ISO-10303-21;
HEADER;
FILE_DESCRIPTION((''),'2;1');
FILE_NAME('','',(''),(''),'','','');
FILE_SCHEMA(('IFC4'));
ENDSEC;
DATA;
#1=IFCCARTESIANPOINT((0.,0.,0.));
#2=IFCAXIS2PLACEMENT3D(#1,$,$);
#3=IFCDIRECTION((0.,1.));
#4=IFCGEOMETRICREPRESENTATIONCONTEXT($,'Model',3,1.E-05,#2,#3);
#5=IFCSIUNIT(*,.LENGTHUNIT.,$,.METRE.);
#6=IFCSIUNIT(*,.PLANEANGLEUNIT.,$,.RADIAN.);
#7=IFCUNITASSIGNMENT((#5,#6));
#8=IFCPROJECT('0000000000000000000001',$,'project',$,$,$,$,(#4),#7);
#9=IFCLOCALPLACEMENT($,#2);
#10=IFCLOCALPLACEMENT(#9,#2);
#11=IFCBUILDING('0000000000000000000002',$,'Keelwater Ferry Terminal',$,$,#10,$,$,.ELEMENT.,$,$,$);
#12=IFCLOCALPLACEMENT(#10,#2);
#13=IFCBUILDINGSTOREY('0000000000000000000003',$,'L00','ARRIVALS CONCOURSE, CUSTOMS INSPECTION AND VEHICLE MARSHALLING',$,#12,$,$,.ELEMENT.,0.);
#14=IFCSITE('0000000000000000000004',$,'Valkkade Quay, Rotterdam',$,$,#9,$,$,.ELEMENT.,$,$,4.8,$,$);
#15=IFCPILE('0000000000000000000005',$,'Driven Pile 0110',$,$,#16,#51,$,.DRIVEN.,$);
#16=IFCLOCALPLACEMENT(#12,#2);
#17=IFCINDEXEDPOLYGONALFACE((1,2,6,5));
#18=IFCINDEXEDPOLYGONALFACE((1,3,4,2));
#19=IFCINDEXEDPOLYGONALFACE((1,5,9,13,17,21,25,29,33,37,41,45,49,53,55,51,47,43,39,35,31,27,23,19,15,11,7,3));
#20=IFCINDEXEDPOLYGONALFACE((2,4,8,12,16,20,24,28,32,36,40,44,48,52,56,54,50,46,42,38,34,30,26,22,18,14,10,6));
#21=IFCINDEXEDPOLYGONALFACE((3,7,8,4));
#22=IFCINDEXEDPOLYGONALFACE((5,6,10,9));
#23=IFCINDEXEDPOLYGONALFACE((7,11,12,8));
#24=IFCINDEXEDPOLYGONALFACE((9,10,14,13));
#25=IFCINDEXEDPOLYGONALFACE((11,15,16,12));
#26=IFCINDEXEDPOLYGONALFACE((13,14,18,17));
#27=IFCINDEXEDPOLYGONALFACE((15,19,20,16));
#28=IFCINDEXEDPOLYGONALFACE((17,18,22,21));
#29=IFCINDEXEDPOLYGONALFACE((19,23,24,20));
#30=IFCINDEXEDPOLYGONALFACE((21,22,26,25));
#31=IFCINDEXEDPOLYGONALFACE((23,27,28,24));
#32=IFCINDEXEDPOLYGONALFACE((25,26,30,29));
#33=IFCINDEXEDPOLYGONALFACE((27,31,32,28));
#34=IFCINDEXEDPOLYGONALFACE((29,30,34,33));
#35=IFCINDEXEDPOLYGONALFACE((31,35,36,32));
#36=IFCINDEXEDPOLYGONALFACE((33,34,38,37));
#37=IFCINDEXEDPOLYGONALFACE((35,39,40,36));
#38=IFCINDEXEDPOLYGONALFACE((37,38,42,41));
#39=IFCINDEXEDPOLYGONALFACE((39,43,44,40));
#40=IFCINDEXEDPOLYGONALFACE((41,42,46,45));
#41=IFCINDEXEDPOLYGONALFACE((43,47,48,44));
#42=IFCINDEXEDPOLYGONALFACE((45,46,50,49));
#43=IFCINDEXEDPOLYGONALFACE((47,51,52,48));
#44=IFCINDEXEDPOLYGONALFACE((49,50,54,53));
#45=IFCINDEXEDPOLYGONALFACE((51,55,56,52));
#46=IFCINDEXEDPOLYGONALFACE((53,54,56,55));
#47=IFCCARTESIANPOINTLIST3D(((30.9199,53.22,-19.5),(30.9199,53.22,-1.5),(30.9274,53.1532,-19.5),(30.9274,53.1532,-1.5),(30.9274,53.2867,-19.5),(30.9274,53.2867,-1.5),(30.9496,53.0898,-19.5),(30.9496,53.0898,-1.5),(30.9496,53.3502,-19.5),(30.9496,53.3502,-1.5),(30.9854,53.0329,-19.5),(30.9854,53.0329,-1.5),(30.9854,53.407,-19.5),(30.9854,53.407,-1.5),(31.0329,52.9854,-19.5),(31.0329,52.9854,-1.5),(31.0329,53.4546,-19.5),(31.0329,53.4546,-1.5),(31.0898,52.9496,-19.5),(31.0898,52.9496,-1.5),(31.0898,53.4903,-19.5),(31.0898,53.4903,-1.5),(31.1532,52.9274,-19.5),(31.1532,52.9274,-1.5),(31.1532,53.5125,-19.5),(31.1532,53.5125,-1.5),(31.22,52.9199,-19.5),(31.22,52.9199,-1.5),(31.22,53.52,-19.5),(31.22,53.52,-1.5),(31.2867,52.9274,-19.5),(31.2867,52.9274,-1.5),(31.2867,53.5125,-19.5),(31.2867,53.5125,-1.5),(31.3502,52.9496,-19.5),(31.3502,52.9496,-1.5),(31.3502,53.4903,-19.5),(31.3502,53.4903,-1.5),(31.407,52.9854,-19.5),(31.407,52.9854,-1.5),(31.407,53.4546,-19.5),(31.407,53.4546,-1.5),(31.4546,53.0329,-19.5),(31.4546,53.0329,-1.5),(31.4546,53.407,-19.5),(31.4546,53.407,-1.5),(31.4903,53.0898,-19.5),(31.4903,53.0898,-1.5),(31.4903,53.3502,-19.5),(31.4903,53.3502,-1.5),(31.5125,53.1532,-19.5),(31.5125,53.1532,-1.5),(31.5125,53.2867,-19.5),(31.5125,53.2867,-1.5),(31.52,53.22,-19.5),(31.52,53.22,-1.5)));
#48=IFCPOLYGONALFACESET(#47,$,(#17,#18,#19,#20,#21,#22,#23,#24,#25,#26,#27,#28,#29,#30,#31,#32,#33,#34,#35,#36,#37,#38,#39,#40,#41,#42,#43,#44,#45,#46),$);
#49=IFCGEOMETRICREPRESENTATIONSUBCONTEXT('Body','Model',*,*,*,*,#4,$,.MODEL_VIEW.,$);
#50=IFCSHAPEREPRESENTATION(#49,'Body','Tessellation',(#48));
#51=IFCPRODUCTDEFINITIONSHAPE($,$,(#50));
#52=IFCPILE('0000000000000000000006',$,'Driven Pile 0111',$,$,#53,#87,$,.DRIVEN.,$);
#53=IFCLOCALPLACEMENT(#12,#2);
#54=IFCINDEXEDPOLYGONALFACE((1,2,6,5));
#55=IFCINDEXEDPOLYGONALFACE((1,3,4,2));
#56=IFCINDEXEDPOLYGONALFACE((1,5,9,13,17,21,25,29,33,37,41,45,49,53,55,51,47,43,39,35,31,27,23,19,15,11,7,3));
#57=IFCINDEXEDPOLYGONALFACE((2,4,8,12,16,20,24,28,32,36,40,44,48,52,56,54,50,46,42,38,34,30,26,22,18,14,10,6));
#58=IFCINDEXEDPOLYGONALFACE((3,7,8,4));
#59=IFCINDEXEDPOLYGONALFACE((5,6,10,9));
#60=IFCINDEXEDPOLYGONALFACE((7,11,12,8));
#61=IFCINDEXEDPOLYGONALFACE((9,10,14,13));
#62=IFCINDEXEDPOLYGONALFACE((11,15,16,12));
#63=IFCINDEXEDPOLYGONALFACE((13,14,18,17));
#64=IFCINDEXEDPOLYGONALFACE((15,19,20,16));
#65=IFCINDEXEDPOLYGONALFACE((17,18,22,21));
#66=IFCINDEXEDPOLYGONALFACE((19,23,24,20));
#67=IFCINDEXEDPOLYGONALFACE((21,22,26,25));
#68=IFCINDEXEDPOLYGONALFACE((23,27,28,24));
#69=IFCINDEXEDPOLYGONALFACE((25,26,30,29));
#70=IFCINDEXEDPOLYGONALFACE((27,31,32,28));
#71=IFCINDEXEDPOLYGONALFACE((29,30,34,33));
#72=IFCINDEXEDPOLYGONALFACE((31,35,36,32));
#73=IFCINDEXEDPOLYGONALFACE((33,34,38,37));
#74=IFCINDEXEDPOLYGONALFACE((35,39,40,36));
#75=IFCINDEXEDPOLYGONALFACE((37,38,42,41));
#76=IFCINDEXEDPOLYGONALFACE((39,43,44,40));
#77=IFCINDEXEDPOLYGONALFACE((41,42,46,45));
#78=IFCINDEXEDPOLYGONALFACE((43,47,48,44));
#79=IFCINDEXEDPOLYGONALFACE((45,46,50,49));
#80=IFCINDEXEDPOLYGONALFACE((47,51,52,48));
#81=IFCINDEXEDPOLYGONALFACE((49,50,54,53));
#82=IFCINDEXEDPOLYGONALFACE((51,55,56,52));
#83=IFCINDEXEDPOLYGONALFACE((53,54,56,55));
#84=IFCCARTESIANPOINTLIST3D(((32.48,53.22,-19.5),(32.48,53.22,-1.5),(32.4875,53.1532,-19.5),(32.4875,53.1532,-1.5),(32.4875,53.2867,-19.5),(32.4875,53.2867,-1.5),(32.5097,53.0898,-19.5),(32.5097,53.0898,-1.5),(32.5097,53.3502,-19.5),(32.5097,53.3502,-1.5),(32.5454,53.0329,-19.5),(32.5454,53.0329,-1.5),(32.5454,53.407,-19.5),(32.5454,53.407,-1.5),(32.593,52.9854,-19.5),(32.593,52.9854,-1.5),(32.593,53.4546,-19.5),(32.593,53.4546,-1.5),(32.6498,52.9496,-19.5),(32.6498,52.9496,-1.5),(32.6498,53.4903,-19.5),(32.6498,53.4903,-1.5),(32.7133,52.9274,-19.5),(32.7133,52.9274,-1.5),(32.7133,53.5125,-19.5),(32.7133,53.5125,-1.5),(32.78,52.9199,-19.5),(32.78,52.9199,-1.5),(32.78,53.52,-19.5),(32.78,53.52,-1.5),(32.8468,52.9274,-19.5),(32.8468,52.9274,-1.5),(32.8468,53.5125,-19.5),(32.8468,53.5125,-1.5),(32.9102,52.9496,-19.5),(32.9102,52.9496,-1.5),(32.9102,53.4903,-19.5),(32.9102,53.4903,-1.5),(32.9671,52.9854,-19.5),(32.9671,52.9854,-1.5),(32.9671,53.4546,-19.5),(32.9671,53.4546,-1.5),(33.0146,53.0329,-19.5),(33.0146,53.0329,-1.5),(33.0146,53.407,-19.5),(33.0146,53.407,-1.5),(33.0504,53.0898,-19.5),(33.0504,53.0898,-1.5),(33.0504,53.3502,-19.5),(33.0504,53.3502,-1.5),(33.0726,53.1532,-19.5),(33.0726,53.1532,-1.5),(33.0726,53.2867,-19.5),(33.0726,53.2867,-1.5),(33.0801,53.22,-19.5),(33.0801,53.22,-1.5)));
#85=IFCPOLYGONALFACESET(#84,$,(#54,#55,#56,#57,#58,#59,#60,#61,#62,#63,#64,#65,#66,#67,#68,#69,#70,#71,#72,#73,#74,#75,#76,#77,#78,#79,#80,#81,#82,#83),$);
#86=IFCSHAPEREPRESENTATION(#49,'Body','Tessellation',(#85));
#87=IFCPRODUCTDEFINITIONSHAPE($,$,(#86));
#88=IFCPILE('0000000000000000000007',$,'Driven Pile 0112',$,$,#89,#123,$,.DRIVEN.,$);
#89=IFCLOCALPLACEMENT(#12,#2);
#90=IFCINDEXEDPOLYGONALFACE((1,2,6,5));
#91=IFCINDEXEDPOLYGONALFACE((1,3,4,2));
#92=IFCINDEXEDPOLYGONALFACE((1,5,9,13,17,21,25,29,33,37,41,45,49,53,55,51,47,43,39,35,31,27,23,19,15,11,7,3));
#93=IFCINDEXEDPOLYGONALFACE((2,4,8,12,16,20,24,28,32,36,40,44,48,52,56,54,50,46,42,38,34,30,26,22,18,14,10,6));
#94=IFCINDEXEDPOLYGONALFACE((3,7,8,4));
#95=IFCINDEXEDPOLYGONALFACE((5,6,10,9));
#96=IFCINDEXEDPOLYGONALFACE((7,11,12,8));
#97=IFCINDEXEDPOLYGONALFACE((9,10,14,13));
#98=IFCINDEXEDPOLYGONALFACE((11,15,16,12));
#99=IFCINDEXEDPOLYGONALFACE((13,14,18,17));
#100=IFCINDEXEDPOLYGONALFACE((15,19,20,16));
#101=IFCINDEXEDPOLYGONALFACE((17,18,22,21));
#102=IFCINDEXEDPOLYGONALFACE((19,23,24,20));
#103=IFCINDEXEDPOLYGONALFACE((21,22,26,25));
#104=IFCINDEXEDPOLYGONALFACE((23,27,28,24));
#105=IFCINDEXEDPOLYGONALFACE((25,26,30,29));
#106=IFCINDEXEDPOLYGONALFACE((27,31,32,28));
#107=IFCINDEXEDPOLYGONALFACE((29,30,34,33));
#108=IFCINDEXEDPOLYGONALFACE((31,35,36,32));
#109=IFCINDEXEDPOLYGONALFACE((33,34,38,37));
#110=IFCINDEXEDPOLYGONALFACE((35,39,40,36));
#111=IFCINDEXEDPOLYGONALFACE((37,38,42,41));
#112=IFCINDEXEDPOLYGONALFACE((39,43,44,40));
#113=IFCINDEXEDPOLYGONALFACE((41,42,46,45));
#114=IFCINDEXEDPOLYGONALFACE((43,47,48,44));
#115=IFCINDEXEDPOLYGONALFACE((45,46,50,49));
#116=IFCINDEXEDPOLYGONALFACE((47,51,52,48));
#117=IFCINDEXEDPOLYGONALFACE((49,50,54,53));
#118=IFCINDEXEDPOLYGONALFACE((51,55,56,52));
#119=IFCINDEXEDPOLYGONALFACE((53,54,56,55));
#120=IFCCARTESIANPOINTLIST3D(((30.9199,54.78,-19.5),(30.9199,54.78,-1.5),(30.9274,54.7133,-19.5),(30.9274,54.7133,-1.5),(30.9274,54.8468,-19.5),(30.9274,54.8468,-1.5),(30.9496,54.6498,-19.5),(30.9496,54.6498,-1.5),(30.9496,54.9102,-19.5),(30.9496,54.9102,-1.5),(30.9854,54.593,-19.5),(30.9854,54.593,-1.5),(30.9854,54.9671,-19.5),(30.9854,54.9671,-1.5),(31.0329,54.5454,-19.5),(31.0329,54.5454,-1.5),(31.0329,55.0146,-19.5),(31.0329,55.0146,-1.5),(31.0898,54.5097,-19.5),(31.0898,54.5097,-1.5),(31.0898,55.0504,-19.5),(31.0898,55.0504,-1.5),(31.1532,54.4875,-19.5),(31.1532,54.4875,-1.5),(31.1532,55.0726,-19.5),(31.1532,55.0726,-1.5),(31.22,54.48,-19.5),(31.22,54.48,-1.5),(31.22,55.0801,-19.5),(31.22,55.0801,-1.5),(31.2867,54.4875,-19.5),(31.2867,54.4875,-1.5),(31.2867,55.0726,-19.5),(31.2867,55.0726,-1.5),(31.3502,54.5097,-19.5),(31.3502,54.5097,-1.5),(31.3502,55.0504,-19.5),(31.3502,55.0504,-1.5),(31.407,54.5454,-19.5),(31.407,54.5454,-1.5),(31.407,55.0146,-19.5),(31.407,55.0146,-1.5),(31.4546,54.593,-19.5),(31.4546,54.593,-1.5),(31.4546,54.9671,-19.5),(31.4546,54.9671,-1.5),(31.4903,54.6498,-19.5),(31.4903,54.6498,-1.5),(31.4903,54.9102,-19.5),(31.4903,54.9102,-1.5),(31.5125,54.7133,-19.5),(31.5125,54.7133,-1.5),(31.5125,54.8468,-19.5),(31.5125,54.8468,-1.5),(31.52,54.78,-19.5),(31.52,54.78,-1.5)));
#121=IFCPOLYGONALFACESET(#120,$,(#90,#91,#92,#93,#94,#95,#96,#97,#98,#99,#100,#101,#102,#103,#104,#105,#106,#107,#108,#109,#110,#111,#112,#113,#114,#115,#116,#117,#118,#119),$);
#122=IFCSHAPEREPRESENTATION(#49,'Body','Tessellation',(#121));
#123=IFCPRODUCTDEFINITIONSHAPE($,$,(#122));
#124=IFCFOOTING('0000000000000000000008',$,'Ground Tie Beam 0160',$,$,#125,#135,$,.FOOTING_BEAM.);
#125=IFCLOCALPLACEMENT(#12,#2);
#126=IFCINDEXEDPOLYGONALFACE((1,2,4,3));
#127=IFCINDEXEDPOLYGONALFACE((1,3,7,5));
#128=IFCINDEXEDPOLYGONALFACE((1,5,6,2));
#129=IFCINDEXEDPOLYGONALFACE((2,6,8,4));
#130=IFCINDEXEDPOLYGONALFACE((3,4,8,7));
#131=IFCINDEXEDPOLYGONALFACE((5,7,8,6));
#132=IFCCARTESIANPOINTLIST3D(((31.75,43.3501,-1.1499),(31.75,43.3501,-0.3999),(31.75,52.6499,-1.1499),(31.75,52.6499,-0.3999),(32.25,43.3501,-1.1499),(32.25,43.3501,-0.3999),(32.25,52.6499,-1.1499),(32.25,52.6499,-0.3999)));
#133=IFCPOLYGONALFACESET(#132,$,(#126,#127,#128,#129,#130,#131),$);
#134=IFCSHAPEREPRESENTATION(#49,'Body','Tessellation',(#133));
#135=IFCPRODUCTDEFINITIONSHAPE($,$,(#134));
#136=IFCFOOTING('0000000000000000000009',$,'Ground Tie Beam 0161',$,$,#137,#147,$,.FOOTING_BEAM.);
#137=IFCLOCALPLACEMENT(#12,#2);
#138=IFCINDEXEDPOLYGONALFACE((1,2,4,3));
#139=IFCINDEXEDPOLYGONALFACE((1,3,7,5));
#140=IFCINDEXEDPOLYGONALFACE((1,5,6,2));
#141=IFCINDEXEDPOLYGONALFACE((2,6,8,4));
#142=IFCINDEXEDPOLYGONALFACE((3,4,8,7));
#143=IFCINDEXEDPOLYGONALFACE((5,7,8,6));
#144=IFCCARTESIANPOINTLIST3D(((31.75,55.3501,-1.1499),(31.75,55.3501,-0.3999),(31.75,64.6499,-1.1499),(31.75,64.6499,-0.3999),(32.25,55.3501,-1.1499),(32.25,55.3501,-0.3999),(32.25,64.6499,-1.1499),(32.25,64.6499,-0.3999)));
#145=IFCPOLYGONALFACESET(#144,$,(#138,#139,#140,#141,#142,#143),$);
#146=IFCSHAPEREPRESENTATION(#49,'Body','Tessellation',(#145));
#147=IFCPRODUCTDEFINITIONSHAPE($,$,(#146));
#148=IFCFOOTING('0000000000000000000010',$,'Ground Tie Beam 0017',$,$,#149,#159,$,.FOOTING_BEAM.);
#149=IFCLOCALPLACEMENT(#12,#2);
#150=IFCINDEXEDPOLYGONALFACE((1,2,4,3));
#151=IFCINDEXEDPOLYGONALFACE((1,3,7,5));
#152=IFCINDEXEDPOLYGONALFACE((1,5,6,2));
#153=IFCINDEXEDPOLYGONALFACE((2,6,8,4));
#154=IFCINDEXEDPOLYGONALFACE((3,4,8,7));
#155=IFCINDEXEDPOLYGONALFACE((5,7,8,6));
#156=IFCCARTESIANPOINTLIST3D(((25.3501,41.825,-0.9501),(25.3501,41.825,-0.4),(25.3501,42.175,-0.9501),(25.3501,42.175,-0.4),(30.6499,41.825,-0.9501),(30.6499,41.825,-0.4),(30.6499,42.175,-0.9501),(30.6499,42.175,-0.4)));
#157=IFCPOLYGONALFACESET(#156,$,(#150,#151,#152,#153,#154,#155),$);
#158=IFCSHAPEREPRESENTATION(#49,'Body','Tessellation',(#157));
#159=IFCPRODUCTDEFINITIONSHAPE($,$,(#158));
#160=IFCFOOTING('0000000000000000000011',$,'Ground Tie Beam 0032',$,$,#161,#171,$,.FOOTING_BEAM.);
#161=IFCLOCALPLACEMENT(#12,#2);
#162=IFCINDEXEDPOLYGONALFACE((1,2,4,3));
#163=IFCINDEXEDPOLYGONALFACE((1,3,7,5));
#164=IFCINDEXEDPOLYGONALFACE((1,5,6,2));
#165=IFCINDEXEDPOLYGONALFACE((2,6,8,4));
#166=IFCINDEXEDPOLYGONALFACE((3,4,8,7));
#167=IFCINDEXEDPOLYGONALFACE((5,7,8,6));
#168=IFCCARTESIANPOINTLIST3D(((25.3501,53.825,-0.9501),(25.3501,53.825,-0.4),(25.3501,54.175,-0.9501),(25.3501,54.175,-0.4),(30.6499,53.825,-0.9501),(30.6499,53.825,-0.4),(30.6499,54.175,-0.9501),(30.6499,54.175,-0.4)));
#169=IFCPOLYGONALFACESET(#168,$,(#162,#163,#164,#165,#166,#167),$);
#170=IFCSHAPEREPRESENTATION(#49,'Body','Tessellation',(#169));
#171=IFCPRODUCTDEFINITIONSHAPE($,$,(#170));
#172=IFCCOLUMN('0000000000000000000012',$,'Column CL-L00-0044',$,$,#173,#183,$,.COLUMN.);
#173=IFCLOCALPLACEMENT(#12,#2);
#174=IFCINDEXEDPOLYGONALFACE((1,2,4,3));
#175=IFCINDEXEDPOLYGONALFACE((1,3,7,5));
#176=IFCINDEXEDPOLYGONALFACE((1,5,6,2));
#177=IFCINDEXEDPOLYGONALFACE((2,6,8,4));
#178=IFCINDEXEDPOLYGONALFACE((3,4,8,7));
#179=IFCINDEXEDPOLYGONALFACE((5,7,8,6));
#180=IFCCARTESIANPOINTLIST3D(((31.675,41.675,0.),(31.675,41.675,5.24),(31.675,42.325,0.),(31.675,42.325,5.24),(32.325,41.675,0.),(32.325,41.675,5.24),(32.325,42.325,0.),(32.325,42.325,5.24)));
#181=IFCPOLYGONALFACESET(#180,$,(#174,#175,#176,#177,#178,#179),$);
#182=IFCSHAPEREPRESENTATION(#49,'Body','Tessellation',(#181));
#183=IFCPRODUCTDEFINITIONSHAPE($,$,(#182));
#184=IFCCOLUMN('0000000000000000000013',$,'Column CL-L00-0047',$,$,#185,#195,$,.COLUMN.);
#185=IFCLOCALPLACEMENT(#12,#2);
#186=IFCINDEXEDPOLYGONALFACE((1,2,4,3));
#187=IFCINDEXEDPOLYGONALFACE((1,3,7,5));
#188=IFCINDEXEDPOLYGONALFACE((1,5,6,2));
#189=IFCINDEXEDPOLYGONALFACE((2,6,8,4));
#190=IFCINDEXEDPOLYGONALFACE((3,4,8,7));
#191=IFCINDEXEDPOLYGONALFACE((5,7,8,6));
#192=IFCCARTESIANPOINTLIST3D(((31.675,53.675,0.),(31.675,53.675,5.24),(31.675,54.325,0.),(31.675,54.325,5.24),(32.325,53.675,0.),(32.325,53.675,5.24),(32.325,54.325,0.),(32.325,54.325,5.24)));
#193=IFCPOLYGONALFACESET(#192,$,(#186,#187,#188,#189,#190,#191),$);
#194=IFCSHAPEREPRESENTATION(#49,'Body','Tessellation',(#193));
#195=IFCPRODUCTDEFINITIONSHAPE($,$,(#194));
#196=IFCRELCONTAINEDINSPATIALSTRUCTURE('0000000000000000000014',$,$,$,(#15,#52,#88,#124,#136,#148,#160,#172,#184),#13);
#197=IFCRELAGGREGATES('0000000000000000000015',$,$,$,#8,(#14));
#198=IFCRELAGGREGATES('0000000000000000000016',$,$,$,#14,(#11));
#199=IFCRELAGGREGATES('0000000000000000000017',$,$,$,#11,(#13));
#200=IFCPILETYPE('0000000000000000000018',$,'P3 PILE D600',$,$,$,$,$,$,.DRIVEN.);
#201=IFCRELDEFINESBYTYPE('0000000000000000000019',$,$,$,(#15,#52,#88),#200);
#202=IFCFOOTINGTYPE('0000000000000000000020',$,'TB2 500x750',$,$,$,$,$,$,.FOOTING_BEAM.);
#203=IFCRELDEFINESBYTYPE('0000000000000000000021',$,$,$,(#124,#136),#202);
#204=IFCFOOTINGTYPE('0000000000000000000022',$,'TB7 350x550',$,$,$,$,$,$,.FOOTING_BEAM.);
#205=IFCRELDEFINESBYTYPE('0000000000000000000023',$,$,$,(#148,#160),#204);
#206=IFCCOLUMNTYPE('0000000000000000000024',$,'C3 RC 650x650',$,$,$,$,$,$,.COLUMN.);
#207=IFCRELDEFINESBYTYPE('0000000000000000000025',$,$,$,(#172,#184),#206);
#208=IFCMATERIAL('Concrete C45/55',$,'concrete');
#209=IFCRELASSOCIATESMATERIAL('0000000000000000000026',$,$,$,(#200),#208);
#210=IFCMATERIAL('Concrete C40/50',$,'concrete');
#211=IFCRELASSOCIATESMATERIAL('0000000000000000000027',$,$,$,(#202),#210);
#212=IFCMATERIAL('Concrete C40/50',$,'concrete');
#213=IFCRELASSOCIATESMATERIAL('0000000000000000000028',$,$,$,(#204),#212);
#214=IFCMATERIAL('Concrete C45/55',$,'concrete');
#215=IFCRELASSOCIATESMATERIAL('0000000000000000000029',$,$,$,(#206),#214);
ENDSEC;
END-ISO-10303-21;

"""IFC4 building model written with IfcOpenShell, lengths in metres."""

from ifc_helpers import new_model, si_unit, direction, frame, origin, origin_2d, place, context, subcontext, project, spatial, rectangle, circle, extrude, material, material_profile, profile_set, type_object, element, save


model = new_model("IFC4")

# Units and contexts
model_context = context("Model", 3, precision=1e-05, world=origin(), true_north=direction((0.0, 1.0)))
body_context = subcontext(model_context, "Body", "Model", "MODEL_VIEW")
ifc_project = project(units=[si_unit("LENGTHUNIT", "METRE"), si_unit("PLANEANGLEUNIT", "RADIAN")], contexts=[model_context])

# Site, building, storey
site_placement = place(None, origin())
site = spatial("IfcSite", under=ifc_project, at=site_placement, Name="Valkkade Quay, Rotterdam", CompositionType="ELEMENT", RefElevation=4.8)
building_placement = place(site_placement, origin())
building = spatial("IfcBuilding", under=site, at=building_placement, Name="Keelwater Ferry Terminal", CompositionType="ELEMENT")
storey_placement = place(building_placement, origin())
storey = spatial("IfcBuildingStorey", under=building, at=storey_placement, Name="L00", Description="ARRIVALS CONCOURSE, CUSTOMS INSPECTION AND VEHICLE MARSHALLING", CompositionType="ELEMENT", Elevation=0.0)

# Piles
ifc_material_1 = material(Name="Concrete C45/55", Category="concrete")
ifc_material_profile_1 = material_profile(ifc_material_1, circle(Radius=0.3, at=origin_2d()), Name="PILE D600")
ifc_profile_set_1 = profile_set([ifc_material_profile_1], Name="Concrete C45/55")
pile_type = type_object("IfcPileType", Name="P3 PILE D600", PredefinedType="DRIVEN", material=ifc_profile_set_1)
for number, where, z_axis, x_axis, name in (
    (1, (31.22, 53.22, -1.5), (0.0, 0.0, -1.0), (1.0, 0.0, 0.0), "Driven Pile 0110"),
    (2, (32.78, 53.22, -1.5), (0.0, 0.0, -1.0), (1.0, 0.0, 0.0), "Driven Pile 0111"),
    (3, (31.22, 54.78, -1.5), (0.0, 0.0, -1.0), (1.0, 0.0, 0.0), "Driven Pile 0112"),
):
    element("IfcPile", number, at=place(storey_placement, frame(where, z_axis=z_axis, x_axis=x_axis)), inside=storey, type_object=pile_type, Name=name, PredefinedType="DRIVEN", context=body_context, shape_type="SweptSolid", body=[
        extrude(circle(Radius=0.3, at=origin_2d()), origin(), (0.0, 0.0, 1.0), 18.0),
    ])

# Footings
ifc_material_2 = material(Name="Concrete C40/50", Category="concrete")
ifc_material_profile_2 = material_profile(ifc_material_2, rectangle(XDim=0.5, YDim=0.75, at=origin_2d()), Name="TB 500x750")
ifc_profile_set_2 = profile_set([ifc_material_profile_2], Name="Concrete C40/50")
footing_type_1 = type_object("IfcFootingType", Name="TB2 500x750", PredefinedType="FOOTING_BEAM", material=ifc_profile_set_2)
for number, where, z_axis, x_axis, name in (
    (4, (32.0, 43.3501, -0.7749), (0.0, 1.0, 0.0), (-1.0, 0.0, 0.0), "Ground Tie Beam 0160"),
    (5, (32.0, 55.3501, -0.7749), (0.0, 1.0, 0.0), (-1.0, 0.0, 0.0), "Ground Tie Beam 0161"),
):
    element("IfcFooting", number, at=place(storey_placement, frame(where, z_axis=z_axis, x_axis=x_axis)), inside=storey, type_object=footing_type_1, Name=name, PredefinedType="FOOTING_BEAM", context=body_context, shape_type="SweptSolid", body=[
        extrude(rectangle(XDim=0.5, YDim=0.75, at=origin_2d()), origin(), (0.0, 0.0, 1.0), 9.2998),
    ])
ifc_material_3 = material(Name="Concrete C40/50", Category="concrete")
ifc_material_profile_3 = material_profile(ifc_material_3, rectangle(XDim=0.3501, YDim=0.55, at=origin_2d()), Name="TB 350x550")
ifc_profile_set_3 = profile_set([ifc_material_profile_3], Name="Concrete C40/50")
footing_type_2 = type_object("IfcFootingType", Name="TB7 350x550", PredefinedType="FOOTING_BEAM", material=ifc_profile_set_3)
for number, where, z_axis, x_axis, name in (
    (6, (25.3501, 42.0, -0.675), (1.0, 0.0, 0.0), (0.0, 1.0, 0.0), "Ground Tie Beam 0017"),
    (7, (25.3501, 54.0, -0.675), (1.0, 0.0, 0.0), (0.0, 1.0, 0.0), "Ground Tie Beam 0032"),
):
    element("IfcFooting", number, at=place(storey_placement, frame(where, z_axis=z_axis, x_axis=x_axis)), inside=storey, type_object=footing_type_2, Name=name, PredefinedType="FOOTING_BEAM", context=body_context, shape_type="SweptSolid", body=[
        extrude(rectangle(XDim=0.3501, YDim=0.55, at=origin_2d()), origin(), (0.0, 0.0, 1.0), 5.2998),
    ])

# Columns
ifc_material_4 = material(Name="Concrete C45/55", Category="concrete")
ifc_material_profile_4 = material_profile(ifc_material_4, rectangle(XDim=0.6499, YDim=0.6499, at=origin_2d()), Name="RC 650x650")
ifc_profile_set_4 = profile_set([ifc_material_profile_4], Name="Concrete C45/55")
column_type = type_object("IfcColumnType", Name="C3 RC 650x650", PredefinedType="COLUMN", material=ifc_profile_set_4)
for number, where, z_axis, x_axis, name in (
    (8, (32.0, 42.0, 0.0), (0.0, 0.0, 1.0), (1.0, 0.0, 0.0), "Column CL-L00-0044"),
    (9, (32.0, 54.0, 0.0), (0.0, 0.0, 1.0), (1.0, 0.0, 0.0), "Column CL-L00-0047"),
):
    element("IfcColumn", number, at=place(storey_placement, frame(where, z_axis=z_axis, x_axis=x_axis)), inside=storey, type_object=column_type, Name=name, PredefinedType="COLUMN", context=body_context, shape_type="SweptSolid", body=[
        extrude(rectangle(XDim=0.6499, YDim=0.6499, at=origin_2d()), origin(), (0.0, 0.0, 1.0), 5.24),
    ])

save(model, "model.ifc")
